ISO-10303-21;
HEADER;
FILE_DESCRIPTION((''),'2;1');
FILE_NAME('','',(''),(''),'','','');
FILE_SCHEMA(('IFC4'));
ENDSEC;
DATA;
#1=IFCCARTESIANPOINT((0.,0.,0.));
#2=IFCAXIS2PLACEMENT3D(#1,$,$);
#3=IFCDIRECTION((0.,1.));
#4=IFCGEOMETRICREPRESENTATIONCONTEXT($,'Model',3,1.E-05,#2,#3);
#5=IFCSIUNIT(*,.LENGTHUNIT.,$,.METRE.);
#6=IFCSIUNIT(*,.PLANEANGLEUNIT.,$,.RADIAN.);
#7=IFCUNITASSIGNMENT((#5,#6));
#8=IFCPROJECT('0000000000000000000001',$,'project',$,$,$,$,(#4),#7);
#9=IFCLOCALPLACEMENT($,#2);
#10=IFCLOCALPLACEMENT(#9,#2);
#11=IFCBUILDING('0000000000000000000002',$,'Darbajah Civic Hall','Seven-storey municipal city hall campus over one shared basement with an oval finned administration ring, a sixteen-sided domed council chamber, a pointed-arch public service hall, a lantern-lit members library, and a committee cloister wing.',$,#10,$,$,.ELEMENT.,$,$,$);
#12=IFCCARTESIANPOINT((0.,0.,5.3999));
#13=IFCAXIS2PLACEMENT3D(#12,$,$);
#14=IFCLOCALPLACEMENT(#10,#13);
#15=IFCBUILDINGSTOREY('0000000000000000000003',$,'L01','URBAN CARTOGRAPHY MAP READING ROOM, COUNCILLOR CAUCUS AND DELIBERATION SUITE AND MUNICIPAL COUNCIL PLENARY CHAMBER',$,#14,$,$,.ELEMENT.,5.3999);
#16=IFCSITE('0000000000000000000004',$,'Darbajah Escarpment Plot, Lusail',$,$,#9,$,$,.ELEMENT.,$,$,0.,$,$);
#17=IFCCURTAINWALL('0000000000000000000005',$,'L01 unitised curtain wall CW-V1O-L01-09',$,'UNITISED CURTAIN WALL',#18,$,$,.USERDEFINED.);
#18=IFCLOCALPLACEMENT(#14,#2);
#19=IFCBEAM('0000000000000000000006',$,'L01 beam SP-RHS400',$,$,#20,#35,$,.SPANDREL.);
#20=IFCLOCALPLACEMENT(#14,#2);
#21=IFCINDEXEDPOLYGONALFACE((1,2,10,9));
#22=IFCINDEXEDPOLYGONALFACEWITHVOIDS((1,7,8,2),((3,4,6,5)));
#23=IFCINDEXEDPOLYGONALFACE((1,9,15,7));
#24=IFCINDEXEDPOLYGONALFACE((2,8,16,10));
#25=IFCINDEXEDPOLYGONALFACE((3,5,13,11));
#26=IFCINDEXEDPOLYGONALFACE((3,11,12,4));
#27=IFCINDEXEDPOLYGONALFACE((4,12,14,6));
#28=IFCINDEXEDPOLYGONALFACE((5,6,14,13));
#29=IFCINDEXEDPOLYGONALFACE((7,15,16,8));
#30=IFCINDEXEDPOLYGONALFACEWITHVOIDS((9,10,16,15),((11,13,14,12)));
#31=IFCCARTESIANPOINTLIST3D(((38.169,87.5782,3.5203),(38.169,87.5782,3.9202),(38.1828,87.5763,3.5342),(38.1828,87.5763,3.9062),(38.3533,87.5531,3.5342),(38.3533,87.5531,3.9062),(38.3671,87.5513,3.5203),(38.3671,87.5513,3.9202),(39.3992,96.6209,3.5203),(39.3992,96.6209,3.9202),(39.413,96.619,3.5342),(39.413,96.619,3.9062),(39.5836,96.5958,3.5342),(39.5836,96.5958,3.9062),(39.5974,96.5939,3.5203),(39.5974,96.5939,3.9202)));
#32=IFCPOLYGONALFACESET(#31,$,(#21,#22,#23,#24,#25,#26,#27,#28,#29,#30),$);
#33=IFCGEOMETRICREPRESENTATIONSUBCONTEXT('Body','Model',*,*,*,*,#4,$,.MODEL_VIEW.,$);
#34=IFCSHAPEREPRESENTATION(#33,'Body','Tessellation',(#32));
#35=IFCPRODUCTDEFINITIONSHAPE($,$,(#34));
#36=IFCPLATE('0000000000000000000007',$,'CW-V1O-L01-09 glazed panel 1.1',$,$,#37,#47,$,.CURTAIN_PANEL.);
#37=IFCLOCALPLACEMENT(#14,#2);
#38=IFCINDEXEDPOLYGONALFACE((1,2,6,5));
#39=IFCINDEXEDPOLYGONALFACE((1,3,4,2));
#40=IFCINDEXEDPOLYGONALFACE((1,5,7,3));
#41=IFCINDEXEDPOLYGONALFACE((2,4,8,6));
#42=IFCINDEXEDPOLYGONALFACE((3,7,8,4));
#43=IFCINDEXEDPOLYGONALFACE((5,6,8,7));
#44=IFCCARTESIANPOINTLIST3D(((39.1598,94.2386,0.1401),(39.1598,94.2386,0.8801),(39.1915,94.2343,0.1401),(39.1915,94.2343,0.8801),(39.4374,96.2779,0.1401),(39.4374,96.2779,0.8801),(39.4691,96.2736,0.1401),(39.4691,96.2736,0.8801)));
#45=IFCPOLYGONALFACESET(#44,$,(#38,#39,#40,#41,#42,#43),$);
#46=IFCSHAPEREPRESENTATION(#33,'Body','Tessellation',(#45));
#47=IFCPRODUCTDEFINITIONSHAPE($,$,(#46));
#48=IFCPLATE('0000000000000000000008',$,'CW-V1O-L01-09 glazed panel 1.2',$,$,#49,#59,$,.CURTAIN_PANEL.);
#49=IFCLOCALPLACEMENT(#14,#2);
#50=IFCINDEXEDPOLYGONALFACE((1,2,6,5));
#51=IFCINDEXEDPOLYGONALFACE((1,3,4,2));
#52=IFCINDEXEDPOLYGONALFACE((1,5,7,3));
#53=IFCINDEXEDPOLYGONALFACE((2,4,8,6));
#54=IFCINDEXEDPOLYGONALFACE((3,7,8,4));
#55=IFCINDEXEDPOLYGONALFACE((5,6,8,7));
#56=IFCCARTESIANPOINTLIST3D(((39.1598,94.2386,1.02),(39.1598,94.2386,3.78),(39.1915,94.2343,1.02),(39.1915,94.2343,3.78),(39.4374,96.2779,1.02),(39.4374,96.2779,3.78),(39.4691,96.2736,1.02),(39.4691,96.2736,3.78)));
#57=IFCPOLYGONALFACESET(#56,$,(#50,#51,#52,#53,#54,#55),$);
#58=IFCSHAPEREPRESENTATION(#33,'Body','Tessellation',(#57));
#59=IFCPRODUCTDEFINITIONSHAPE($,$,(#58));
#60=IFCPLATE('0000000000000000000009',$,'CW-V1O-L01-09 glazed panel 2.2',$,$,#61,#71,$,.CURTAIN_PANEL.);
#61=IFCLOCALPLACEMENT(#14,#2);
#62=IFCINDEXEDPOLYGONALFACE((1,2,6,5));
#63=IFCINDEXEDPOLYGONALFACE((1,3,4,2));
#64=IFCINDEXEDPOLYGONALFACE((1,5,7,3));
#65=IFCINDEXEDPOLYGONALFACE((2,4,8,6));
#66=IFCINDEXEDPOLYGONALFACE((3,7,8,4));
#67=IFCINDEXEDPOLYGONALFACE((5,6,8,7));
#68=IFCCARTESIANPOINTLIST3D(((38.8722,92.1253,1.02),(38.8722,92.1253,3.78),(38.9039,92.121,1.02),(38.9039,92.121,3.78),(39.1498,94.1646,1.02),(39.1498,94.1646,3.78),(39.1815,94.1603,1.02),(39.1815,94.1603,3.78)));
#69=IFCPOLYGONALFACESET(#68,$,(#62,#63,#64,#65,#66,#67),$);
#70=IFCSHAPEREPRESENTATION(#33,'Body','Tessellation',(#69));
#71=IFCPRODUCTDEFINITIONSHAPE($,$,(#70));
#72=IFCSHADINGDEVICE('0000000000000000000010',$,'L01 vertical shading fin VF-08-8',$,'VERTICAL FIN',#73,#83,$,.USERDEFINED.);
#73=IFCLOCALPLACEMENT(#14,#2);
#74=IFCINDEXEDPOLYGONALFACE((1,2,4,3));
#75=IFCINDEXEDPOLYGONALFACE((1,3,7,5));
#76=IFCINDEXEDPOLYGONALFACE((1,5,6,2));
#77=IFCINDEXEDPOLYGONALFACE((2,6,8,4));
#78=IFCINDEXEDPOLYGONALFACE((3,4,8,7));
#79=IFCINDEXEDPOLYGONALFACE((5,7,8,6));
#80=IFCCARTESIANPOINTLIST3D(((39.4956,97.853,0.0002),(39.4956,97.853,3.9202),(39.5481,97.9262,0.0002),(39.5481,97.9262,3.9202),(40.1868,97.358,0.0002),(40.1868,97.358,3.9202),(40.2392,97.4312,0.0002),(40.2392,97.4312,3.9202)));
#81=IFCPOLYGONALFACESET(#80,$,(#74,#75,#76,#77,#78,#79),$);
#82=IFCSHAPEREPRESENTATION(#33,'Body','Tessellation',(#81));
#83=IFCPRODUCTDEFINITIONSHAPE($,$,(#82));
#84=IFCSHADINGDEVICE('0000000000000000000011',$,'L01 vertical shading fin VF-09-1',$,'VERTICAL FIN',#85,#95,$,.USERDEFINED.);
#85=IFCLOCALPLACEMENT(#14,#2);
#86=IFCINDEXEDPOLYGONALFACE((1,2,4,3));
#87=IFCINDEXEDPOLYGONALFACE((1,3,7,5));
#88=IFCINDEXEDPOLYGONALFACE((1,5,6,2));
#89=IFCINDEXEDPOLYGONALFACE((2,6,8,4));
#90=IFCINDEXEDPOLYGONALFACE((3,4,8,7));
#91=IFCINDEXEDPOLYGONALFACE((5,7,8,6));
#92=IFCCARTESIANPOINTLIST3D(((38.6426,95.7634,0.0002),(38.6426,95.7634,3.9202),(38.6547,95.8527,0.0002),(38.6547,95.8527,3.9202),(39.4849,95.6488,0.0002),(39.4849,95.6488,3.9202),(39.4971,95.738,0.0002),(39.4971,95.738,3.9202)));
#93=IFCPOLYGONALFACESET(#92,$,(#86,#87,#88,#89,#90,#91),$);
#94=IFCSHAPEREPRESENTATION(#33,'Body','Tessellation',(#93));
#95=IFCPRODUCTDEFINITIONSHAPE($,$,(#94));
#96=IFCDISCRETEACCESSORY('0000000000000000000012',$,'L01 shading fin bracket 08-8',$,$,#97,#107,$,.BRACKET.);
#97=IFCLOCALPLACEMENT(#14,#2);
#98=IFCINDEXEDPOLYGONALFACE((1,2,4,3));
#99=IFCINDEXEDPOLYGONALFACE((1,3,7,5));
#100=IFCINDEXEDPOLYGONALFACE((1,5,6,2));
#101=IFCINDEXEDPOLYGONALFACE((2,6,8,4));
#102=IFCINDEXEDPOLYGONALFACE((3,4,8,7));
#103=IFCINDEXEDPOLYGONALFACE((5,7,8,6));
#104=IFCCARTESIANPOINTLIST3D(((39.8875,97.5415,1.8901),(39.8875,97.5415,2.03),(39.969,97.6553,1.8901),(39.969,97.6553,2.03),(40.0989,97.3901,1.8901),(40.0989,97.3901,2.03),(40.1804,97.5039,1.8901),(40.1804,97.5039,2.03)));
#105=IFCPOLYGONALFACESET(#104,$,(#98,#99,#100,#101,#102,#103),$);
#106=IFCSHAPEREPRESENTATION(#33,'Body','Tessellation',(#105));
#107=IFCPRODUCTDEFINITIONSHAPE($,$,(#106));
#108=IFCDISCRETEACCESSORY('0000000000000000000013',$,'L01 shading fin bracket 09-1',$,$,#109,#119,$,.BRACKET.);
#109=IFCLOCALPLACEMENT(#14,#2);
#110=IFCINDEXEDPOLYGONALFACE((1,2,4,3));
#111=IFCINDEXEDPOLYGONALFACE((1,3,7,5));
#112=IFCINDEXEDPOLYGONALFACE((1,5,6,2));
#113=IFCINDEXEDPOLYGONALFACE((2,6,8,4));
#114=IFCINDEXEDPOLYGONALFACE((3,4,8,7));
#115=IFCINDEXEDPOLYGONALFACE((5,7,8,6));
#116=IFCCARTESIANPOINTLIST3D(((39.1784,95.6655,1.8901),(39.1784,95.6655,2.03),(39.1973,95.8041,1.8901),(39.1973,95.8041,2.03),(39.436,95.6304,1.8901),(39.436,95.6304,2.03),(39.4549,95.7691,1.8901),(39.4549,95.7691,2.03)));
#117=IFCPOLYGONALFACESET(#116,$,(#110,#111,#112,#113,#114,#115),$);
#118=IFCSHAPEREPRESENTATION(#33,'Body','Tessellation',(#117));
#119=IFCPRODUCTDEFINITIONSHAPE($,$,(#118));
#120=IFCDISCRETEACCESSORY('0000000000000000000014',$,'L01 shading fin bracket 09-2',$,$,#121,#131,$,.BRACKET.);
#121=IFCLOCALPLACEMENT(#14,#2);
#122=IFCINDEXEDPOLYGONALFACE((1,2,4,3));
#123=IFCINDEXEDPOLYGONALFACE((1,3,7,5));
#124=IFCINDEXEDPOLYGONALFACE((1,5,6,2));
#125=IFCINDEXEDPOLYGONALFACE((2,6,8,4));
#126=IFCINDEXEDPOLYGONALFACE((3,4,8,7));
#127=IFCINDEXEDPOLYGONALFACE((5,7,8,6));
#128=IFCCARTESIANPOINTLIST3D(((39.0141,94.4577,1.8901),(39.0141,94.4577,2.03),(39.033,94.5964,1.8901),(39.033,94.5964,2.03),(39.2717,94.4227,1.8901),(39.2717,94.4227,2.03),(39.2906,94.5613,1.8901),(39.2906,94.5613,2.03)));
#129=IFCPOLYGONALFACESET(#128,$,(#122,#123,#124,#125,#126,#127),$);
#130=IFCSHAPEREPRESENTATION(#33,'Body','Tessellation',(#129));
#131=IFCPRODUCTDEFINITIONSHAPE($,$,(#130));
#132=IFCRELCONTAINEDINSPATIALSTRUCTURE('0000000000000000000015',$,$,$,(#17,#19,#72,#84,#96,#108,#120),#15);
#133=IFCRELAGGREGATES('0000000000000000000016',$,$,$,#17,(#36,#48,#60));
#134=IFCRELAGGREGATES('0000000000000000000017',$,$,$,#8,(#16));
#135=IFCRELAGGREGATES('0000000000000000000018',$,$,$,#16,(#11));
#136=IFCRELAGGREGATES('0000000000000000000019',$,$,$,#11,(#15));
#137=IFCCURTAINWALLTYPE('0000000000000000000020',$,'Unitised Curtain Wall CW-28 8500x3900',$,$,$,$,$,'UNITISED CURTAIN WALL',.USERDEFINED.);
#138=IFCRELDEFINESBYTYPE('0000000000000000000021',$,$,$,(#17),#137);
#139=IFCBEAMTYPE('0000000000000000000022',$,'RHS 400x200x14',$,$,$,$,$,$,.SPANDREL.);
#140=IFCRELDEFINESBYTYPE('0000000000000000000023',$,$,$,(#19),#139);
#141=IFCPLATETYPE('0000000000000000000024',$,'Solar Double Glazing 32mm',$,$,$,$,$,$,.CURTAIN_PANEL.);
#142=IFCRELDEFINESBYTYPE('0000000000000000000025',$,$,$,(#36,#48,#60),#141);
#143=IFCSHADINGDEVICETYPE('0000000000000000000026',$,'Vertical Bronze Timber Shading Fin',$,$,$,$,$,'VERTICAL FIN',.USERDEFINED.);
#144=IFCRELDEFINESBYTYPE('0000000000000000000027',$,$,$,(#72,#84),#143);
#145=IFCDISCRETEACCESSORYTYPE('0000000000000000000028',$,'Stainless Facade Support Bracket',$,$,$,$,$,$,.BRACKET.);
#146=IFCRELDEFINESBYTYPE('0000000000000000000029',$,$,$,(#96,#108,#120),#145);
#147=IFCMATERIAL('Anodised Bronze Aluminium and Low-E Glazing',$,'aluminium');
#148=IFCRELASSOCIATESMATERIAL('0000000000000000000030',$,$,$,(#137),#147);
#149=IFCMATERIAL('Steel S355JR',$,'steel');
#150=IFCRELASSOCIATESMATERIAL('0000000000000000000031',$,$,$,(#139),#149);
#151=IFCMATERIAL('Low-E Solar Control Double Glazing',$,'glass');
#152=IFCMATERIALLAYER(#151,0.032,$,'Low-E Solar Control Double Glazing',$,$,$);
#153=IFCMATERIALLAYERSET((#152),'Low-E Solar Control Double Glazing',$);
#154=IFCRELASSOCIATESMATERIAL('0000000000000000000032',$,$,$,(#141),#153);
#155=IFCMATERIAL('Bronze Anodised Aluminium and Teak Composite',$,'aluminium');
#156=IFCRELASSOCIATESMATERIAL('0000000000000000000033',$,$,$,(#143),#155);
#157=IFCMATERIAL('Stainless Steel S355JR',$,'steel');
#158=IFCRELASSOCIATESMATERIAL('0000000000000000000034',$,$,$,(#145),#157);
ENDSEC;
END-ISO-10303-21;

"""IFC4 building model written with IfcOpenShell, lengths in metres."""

from ifc_helpers import new_model, si_unit, direction, frame, origin, origin_2d, place, context, subcontext, project, spatial, rectangle, hollow_rectangle, extrude, material, layer, layer_set, material_profile, profile_set, type_object, element, aggregate, save


model = new_model("IFC4")

# Units and contexts
model_context = context("Model", 3, precision=1e-05, world=origin(), true_north=direction((0.0, 1.0)))
body_context = subcontext(model_context, "Body", "Model", "MODEL_VIEW")
ifc_project = project(units=[si_unit("LENGTHUNIT", "METRE"), si_unit("PLANEANGLEUNIT", "RADIAN")], contexts=[model_context])

# Site, building, storey
site_placement = place(None, origin())
site = spatial("IfcSite", under=ifc_project, at=site_placement, Name="Darbajah Escarpment Plot, Lusail", CompositionType="ELEMENT", RefElevation=0.0)
building_placement = place(site_placement, origin())
building = spatial("IfcBuilding", under=site, at=building_placement, Name="Darbajah Civic Hall", Description="Seven-storey municipal city hall campus over one shared basement with an oval finned administration ring, a sixteen-sided domed council chamber, a pointed-arch public service hall, a lantern-lit members library, and a committee cloister wing.", CompositionType="ELEMENT")
storey_placement = place(building_placement, frame((0.0, 0.0, 5.3999)))
storey = spatial("IfcBuildingStorey", under=building, at=storey_placement, Name="L01", Description="URBAN CARTOGRAPHY MAP READING ROOM, COUNCILLOR CAUCUS AND DELIBERATION SUITE AND MUNICIPAL COUNCIL PLENARY CHAMBER", CompositionType="ELEMENT", Elevation=5.3999)

# Shared definitions
ifc_material_1 = material(Name="Anodised Bronze Aluminium and Low-E Glazing", Category="aluminium")

# Curtain wall
curtain_wall_type_1 = type_object("IfcCurtainWallType", Name="Unitised Curtain Wall CW-28 8500x3900", ElementType="UNITISED CURTAIN WALL", PredefinedType="USERDEFINED", material=ifc_material_1)
curtain_wall_1_placement = place(storey_placement, origin())
curtain_wall_1 = element("IfcCurtainWall", 1, at=curtain_wall_1_placement, inside=storey, type_object=curtain_wall_type_1, Name="L01 unitised curtain wall CW-V1O-L01-09", ObjectType="UNITISED CURTAIN WALL", PredefinedType="USERDEFINED")

# Beam
ifc_material_2 = material(Name="Steel S355JR", Category="steel")
ifc_material_profile_1 = material_profile(ifc_material_2, hollow_rectangle(XDim=0.2, YDim=0.3999, WallThickness=0.0139, at=origin_2d()), Name="RHS 400x200x14")
ifc_profile_set_1 = profile_set([ifc_material_profile_1], Name="Steel S355JR")
beam_type = type_object("IfcBeamType", Name="RHS 400x200x14", PredefinedType="SPANDREL", material=ifc_profile_set_1)
beam_placement = place(storey_placement, frame((39.4983, 96.6074, 3.7202), z_axis=(-0.134804, -0.990872, 0.0), x_axis=(0.990872, -0.134804, 0.0)))
element("IfcBeam", 2, at=beam_placement, inside=storey, type_object=beam_type, Name="L01 beam SP-RHS400", PredefinedType="SPANDREL", context=body_context, shape_type="SweptSolid", body=[
    extrude(hollow_rectangle(XDim=0.2, YDim=0.3999, WallThickness=0.0139, at=origin_2d()), origin(), (0.0, 0.0, 1.0), 9.126),
])

# Plates
ifc_material_3 = material(Name="Low-E Solar Control Double Glazing", Category="glass")
ifc_layer = layer(ifc_material_3, 0.032, Name="Low-E Solar Control Double Glazing")
ifc_layer_set = layer_set([ifc_layer], Name="Low-E Solar Control Double Glazing")
plate_type = type_object("IfcPlateType", Name="Solar Double Glazing 32mm", PredefinedType="CURTAIN_PANEL", material=ifc_layer_set)
plate_1_placement = place(storey_placement, frame((39.3145, 95.2561, 0.1401), z_axis=(0.0, 0.0, 1.0), x_axis=(-0.134851, -0.990866, 0.0)))
plate_1 = element("IfcPlate", 3, at=plate_1_placement, type_object=plate_type, Name="CW-V1O-L01-09 glazed panel 1.1", PredefinedType="CURTAIN_PANEL", context=body_context, shape_type="SweptSolid", body=[
    extrude(rectangle(XDim=2.0581, YDim=0.032, at=origin_2d()), origin(), (0.0, 0.0, 1.0), 0.74),
])
plate_2_placement = place(storey_placement, frame((39.3145, 95.2561, 1.02), z_axis=(0.0, 0.0, 1.0), x_axis=(-0.134851, -0.990866, 0.0)))
plate_2 = element("IfcPlate", 4, at=plate_2_placement, type_object=plate_type, Name="CW-V1O-L01-09 glazed panel 1.2", PredefinedType="CURTAIN_PANEL", context=body_context, shape_type="SweptSolid", body=[
    extrude(rectangle(XDim=2.0581, YDim=0.032, at=origin_2d()), origin(), (0.0, 0.0, 1.0), 2.76),
])
plate_3_placement = place(storey_placement, frame((39.0269, 93.1428, 1.02), z_axis=(0.0, 0.0, 1.0), x_axis=(-0.134851, -0.990866, 0.0)))
plate_3 = element("IfcPlate", 5, at=plate_3_placement, type_object=plate_type, Name="CW-V1O-L01-09 glazed panel 2.2", PredefinedType="CURTAIN_PANEL", context=body_context, shape_type="SweptSolid", body=[
    extrude(rectangle(XDim=2.0581, YDim=0.032, at=origin_2d()), origin(), (0.0, 0.0, 1.0), 2.76),
])
aggregate(curtain_wall_1, [plate_1, plate_2, plate_3])

# Shading devices
ifc_material_4 = material(Name="Bronze Anodised Aluminium and Teak Composite", Category="aluminium")
shading_device_type = type_object("IfcShadingDeviceType", Name="Vertical Bronze Timber Shading Fin", ElementType="VERTICAL FIN", PredefinedType="USERDEFINED", material=ifc_material_4)
for number, where, z_axis, x_axis, name in (
    (6, (39.8674, 97.6421, 0.0002), (0.0, 0.0, 1.0), (-0.812999, 0.582265, 0.0), "L01 vertical shading fin VF-08-8"),
    (7, (39.0698, 95.7507, 0.0002), (0.0, 0.0, 1.0), (-0.990866, 0.134851, 0.0), "L01 vertical shading fin VF-09-1"),
):
    element("IfcShadingDevice", number, at=place(storey_placement, frame(where, z_axis=z_axis, x_axis=x_axis)), inside=storey, type_object=shading_device_type, Name=name, ObjectType="VERTICAL FIN", PredefinedType="USERDEFINED", context=body_context, shape_type="SweptSolid", body=[
        extrude(rectangle(XDim=0.8501, YDim=0.0901, at=origin_2d()), origin(), (0.0, 0.0, 1.0), 3.9199),
    ])

# Discrete accessories
ifc_material_5 = material(Name="Stainless Steel S355JR", Category="steel")
discrete_accessory_type = type_object("IfcDiscreteAccessoryType", Name="Stainless Facade Support Bracket", PredefinedType="BRACKET", material=ifc_material_5)
for number, where, z_axis, x_axis, name in (
    (8, (40.0339, 97.5227, 1.8901), (0.0, 0.0, 1.0), (-0.812999, 0.582265, 0.0), "L01 shading fin bracket 08-8"),
    (9, (39.3167, 95.7173, 1.8901), (0.0, 0.0, 1.0), (-0.990866, 0.134851, 0.0), "L01 shading fin bracket 09-1"),
    (10, (39.1523, 94.5095, 1.8901), (0.0, 0.0, 1.0), (-0.990866, 0.134851, 0.0), "L01 shading fin bracket 09-2"),
):
    element("IfcDiscreteAccessory", number, at=place(storey_placement, frame(where, z_axis=z_axis, x_axis=x_axis)), inside=storey, type_object=discrete_accessory_type, Name=name, PredefinedType="BRACKET", context=body_context, shape_type="SweptSolid", body=[
        extrude(rectangle(XDim=0.26, YDim=0.1399, at=origin_2d()), origin(), (0.0, 0.0, 1.0), 0.1399),
    ])

save(model, "model.ifc")
